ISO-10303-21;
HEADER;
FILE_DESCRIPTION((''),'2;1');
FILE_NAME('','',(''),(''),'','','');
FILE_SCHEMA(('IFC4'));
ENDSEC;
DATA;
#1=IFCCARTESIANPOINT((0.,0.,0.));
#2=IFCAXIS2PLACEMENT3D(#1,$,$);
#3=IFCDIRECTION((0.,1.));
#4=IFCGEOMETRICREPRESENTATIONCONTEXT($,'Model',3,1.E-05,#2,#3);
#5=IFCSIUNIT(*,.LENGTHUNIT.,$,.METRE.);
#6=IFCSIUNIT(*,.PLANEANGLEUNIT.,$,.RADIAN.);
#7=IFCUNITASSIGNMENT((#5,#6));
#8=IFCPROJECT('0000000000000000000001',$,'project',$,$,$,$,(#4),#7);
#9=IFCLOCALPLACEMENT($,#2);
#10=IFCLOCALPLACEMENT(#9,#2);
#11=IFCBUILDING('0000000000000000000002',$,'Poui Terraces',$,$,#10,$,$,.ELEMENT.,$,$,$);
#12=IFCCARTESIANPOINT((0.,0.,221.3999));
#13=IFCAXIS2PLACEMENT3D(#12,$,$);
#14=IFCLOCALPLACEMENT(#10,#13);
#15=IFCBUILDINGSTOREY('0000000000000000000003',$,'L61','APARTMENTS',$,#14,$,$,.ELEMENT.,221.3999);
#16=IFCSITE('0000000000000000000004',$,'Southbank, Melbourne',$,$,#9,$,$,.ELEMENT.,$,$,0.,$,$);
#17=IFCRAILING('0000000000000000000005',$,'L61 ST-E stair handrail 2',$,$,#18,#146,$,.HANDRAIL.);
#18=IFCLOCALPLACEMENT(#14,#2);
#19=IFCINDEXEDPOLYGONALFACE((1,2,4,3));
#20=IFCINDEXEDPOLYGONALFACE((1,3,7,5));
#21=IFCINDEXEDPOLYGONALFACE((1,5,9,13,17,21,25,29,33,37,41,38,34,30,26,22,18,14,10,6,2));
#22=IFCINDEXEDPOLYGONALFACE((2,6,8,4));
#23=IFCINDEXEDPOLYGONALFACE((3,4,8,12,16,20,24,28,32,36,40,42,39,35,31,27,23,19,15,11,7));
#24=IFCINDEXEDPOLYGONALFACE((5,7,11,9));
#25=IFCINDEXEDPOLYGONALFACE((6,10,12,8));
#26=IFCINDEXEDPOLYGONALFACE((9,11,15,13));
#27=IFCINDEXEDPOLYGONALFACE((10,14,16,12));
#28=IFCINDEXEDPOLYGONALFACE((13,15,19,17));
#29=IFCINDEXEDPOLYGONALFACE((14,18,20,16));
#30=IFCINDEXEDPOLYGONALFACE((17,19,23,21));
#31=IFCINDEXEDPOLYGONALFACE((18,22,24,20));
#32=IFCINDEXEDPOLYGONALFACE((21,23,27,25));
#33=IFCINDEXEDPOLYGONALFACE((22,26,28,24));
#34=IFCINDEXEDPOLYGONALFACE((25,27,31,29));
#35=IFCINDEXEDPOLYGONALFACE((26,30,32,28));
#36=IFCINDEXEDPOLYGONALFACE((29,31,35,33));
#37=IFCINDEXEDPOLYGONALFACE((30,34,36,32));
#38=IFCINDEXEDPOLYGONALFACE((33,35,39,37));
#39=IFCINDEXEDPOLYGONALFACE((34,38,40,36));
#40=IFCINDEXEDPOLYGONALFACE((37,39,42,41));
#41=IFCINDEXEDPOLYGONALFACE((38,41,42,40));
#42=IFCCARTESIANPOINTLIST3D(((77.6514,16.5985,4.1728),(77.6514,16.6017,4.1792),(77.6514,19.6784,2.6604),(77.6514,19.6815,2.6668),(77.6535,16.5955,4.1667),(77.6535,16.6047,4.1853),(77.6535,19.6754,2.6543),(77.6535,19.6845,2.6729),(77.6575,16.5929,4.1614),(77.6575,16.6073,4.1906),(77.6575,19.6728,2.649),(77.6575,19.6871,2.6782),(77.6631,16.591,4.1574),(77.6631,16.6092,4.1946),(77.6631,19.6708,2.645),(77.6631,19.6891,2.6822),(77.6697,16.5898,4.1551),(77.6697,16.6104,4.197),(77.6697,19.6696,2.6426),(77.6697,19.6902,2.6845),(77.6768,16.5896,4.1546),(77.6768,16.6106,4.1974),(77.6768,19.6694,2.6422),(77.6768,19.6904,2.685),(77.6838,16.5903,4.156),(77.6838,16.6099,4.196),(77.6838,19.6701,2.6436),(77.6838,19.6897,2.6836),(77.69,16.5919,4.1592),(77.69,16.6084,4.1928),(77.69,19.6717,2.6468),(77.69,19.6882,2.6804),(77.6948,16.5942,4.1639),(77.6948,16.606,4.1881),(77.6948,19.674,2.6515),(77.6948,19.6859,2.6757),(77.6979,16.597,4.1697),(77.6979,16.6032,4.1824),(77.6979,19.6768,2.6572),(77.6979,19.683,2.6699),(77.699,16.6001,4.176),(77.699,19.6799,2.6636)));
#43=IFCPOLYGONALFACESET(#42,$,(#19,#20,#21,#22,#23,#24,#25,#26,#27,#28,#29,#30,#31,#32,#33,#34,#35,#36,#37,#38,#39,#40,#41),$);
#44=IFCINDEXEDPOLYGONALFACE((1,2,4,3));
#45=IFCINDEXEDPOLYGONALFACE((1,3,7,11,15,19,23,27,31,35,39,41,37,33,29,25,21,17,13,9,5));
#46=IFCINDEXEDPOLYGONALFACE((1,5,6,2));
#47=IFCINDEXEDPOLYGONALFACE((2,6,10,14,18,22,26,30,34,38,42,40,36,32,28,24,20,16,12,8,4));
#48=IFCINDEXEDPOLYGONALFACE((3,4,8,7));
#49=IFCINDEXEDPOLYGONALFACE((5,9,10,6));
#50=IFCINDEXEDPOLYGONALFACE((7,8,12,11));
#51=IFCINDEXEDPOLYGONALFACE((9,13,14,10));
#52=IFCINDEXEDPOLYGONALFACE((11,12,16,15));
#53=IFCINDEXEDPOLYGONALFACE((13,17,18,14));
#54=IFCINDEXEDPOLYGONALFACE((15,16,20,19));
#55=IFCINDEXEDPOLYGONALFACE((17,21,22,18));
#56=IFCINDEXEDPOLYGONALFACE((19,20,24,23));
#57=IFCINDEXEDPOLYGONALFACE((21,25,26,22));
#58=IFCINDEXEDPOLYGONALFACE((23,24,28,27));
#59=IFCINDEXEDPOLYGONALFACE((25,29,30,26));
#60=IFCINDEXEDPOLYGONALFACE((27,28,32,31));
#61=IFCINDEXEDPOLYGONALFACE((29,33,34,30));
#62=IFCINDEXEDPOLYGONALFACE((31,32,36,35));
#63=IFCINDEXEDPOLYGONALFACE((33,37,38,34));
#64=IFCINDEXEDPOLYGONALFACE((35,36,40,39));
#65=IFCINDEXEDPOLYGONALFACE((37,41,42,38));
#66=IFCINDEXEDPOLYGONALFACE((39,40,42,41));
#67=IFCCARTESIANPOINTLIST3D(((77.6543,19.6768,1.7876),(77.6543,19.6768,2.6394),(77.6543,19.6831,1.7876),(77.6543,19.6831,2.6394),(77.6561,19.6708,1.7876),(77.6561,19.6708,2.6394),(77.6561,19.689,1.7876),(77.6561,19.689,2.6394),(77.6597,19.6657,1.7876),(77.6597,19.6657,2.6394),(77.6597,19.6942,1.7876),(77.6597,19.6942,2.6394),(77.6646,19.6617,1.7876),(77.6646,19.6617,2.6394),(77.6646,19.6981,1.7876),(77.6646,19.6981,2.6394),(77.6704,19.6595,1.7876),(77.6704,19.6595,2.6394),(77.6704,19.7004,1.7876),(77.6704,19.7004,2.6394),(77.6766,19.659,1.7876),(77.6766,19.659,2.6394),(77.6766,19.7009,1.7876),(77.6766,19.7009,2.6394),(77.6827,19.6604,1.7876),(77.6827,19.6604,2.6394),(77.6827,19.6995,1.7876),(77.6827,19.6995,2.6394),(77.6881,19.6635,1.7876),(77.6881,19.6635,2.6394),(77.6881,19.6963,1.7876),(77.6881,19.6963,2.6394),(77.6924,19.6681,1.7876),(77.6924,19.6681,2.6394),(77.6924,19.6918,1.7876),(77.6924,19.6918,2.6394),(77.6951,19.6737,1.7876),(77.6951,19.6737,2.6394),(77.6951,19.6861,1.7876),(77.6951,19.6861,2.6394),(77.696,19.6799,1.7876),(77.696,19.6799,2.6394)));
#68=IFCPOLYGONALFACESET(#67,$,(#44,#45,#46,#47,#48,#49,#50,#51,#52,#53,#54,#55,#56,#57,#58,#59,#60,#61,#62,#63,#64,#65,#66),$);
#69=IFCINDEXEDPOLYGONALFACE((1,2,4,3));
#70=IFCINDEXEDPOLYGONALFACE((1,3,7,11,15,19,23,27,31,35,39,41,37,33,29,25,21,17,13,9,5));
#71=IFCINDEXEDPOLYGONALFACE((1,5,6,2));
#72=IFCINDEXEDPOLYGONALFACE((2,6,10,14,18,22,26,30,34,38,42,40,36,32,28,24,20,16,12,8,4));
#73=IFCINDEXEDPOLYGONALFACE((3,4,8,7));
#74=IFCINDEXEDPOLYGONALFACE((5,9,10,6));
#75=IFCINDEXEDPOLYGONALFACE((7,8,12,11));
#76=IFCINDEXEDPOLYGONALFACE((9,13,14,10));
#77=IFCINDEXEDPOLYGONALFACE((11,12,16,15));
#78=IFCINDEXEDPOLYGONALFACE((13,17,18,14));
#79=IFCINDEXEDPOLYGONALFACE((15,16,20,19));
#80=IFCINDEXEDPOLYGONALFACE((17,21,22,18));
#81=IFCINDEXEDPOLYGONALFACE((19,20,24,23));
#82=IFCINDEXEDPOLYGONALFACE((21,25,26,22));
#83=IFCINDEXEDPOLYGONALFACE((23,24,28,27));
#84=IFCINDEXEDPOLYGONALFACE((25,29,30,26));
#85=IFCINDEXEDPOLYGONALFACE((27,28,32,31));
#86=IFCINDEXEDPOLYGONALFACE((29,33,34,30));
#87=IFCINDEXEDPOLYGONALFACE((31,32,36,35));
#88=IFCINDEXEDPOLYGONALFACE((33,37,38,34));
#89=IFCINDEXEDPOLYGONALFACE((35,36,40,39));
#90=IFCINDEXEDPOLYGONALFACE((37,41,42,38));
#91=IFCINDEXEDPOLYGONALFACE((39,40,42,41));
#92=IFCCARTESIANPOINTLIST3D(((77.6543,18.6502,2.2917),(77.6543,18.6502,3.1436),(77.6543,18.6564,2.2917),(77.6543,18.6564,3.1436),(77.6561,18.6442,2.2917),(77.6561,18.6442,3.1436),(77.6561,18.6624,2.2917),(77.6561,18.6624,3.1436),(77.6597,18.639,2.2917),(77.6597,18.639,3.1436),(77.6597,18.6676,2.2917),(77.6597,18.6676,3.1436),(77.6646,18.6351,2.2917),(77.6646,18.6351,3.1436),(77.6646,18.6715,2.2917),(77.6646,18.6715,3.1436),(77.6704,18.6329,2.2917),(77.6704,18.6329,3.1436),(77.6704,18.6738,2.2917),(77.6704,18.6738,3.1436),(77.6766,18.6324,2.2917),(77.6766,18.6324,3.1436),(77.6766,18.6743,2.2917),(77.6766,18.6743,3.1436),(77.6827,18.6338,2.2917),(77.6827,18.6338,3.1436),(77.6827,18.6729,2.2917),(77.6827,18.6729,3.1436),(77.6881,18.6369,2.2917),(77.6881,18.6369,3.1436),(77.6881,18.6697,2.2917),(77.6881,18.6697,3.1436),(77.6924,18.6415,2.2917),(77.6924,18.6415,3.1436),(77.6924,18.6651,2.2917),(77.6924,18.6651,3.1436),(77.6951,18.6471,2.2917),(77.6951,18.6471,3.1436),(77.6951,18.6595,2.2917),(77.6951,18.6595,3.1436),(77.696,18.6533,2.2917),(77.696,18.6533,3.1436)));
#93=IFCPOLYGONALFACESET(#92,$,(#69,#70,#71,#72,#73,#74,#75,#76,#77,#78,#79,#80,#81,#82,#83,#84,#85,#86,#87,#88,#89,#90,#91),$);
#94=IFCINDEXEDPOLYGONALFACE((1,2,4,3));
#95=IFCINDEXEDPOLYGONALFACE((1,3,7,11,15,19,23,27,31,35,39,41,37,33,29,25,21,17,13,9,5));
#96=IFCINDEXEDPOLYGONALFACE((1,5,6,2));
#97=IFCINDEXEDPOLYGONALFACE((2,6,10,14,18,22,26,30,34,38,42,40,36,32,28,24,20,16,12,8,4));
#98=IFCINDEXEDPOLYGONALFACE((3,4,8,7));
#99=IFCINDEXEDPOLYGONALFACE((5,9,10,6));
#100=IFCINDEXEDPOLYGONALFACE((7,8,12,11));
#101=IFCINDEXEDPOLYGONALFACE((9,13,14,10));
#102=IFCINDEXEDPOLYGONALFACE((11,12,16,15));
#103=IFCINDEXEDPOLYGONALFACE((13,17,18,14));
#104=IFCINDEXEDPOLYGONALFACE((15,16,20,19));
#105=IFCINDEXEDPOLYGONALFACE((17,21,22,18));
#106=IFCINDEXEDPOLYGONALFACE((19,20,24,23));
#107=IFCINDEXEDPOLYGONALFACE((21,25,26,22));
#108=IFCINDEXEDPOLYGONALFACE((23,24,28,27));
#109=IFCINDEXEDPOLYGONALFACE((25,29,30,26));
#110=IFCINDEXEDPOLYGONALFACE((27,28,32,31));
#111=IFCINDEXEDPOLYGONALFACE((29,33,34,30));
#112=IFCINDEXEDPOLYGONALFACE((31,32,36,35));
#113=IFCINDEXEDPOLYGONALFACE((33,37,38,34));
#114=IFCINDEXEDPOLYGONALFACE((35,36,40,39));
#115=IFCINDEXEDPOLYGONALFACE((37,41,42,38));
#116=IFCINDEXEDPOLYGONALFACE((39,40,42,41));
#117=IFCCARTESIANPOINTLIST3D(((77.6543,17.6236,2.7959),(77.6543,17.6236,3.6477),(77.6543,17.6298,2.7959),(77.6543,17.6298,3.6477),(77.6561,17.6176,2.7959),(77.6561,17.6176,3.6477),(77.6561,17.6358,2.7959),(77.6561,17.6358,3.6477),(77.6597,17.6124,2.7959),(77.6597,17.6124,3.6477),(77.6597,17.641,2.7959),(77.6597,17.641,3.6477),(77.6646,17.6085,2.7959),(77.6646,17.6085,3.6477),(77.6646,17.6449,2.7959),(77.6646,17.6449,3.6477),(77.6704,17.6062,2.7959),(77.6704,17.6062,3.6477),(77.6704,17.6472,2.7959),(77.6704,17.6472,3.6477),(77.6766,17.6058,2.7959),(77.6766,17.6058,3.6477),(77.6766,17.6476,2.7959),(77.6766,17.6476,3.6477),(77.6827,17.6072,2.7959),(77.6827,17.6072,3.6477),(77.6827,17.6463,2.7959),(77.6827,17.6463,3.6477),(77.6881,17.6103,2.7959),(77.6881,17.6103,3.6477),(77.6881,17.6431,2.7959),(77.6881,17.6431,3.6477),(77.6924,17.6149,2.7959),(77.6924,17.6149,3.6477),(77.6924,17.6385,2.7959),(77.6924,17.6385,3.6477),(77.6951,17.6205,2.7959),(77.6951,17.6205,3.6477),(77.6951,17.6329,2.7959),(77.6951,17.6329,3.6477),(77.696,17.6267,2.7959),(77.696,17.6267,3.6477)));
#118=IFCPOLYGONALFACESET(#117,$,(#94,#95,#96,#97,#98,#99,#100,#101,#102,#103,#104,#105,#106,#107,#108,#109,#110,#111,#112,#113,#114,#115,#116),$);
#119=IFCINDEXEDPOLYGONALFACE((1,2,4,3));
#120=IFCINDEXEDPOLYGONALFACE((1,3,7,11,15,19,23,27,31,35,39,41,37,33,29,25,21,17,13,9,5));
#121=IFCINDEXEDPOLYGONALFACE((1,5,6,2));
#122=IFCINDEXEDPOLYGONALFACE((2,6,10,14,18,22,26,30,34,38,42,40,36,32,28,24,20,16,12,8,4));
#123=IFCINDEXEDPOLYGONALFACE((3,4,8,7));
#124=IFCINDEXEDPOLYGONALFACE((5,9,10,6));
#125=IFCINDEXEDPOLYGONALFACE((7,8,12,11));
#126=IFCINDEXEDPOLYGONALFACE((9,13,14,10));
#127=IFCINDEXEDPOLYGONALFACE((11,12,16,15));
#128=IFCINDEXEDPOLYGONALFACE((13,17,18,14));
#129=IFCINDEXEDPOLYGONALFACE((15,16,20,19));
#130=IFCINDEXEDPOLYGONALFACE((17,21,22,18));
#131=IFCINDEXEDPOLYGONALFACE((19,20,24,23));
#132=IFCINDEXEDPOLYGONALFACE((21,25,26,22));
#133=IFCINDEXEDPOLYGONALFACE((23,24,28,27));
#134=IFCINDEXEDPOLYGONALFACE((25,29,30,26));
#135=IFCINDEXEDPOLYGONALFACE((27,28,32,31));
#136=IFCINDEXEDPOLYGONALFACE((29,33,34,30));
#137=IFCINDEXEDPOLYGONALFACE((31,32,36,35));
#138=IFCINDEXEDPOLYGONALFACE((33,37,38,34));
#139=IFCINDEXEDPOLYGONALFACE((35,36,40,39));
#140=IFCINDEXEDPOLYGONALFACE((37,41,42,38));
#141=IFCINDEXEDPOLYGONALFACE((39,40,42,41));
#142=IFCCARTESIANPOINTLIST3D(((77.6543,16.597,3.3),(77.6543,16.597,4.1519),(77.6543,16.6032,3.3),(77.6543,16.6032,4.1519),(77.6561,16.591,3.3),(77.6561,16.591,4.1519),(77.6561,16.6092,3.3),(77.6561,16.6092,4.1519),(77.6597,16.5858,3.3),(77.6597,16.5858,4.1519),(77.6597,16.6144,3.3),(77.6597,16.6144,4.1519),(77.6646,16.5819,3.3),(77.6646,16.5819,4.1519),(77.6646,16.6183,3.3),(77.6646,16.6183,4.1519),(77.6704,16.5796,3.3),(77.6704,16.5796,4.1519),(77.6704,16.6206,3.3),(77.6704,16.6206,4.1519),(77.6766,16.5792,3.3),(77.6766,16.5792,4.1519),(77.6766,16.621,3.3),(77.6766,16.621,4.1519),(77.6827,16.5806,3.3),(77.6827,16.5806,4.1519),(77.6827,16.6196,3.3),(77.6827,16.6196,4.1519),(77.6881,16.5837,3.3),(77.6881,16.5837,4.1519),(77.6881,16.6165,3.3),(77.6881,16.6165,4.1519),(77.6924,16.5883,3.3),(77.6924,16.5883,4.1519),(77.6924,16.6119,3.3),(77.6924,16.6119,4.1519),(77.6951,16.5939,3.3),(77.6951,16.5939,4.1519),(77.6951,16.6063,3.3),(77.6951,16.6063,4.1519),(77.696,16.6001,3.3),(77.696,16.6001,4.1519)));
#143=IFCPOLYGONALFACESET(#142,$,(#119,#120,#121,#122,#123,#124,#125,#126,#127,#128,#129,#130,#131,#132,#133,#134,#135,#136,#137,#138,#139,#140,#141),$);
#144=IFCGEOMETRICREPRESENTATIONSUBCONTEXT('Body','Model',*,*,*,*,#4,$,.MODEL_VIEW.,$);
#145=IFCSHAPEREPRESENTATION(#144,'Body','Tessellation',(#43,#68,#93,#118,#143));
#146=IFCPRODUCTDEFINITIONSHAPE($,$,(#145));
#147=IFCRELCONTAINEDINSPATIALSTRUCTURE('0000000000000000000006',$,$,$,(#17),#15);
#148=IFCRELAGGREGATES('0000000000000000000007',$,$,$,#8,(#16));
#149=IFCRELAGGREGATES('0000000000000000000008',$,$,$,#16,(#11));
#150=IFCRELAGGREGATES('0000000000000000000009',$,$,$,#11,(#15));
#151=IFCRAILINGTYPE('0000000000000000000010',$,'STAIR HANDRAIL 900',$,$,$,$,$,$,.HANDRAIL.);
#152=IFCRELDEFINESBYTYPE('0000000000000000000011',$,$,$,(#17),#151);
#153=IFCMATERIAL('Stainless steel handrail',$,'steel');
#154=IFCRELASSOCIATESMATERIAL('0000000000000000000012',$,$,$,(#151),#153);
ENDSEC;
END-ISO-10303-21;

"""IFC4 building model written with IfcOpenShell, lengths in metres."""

from ifc_helpers import new_model, si_unit, direction, frame, origin, origin_2d, place, context, subcontext, project, spatial, circle, extrude, material, type_object, element, save


model = new_model("IFC4")

# Units and contexts
model_context = context("Model", 3, precision=1e-05, world=origin(), true_north=direction((0.0, 1.0)))
body_context = subcontext(model_context, "Body", "Model", "MODEL_VIEW")
ifc_project = project(units=[si_unit("LENGTHUNIT", "METRE"), si_unit("PLANEANGLEUNIT", "RADIAN")], contexts=[model_context])

# Site, building, storey
site_placement = place(None, origin())
site = spatial("IfcSite", under=ifc_project, at=site_placement, Name="Southbank, Melbourne", CompositionType="ELEMENT", RefElevation=0.0)
building_placement = place(site_placement, origin())
building = spatial("IfcBuilding", under=site, at=building_placement, Name="Poui Terraces", CompositionType="ELEMENT")
storey_placement = place(building_placement, frame((0.0, 0.0, 221.3999)))
storey = spatial("IfcBuildingStorey", under=building, at=storey_placement, Name="L61", Description="APARTMENTS", CompositionType="ELEMENT", Elevation=221.3999)

# Railing
ifc_material_1 = material(Name="Stainless steel handrail", Category="steel")
railing_type_1 = type_object("IfcRailingType", Name="STAIR HANDRAIL 900", PredefinedType="HANDRAIL", material=ifc_material_1)
for number, where, name in (
    (1, (77.675, 19.6799, 1.7876), "L61 ST-E stair handrail 2"),
):
    element("IfcRailing", number, at=place(storey_placement, frame(where)), inside=storey, type_object=railing_type_1, Name=name, PredefinedType="HANDRAIL", context=body_context, shape_type="SweptSolid", body=[
        extrude(circle(Radius=0.0239, at=origin_2d()), frame((0.0, 0.0, 0.876), z_axis=(0.0, -0.897606, 0.440798), x_axis=(1.0, 0.0, 0.0)), (0.0, 0.0, 1.0), 3.4312),
        extrude(circle(Radius=0.021, at=origin_2d()), origin(), (0.0, 0.0, 1.0), 0.8518),
        extrude(circle(Radius=0.021, at=origin_2d()), frame((0.0, -1.0266, 0.5042)), (0.0, 0.0, 1.0), 0.8518),
        extrude(circle(Radius=0.021, at=origin_2d()), frame((0.0, -2.0532, 1.0083)), (0.0, 0.0, 1.0), 0.8518),
        extrude(circle(Radius=0.021, at=origin_2d()), frame((0.0, -3.0798, 1.5125)), (0.0, 0.0, 1.0), 0.8518),
    ])

save(model, "model.ifc")
